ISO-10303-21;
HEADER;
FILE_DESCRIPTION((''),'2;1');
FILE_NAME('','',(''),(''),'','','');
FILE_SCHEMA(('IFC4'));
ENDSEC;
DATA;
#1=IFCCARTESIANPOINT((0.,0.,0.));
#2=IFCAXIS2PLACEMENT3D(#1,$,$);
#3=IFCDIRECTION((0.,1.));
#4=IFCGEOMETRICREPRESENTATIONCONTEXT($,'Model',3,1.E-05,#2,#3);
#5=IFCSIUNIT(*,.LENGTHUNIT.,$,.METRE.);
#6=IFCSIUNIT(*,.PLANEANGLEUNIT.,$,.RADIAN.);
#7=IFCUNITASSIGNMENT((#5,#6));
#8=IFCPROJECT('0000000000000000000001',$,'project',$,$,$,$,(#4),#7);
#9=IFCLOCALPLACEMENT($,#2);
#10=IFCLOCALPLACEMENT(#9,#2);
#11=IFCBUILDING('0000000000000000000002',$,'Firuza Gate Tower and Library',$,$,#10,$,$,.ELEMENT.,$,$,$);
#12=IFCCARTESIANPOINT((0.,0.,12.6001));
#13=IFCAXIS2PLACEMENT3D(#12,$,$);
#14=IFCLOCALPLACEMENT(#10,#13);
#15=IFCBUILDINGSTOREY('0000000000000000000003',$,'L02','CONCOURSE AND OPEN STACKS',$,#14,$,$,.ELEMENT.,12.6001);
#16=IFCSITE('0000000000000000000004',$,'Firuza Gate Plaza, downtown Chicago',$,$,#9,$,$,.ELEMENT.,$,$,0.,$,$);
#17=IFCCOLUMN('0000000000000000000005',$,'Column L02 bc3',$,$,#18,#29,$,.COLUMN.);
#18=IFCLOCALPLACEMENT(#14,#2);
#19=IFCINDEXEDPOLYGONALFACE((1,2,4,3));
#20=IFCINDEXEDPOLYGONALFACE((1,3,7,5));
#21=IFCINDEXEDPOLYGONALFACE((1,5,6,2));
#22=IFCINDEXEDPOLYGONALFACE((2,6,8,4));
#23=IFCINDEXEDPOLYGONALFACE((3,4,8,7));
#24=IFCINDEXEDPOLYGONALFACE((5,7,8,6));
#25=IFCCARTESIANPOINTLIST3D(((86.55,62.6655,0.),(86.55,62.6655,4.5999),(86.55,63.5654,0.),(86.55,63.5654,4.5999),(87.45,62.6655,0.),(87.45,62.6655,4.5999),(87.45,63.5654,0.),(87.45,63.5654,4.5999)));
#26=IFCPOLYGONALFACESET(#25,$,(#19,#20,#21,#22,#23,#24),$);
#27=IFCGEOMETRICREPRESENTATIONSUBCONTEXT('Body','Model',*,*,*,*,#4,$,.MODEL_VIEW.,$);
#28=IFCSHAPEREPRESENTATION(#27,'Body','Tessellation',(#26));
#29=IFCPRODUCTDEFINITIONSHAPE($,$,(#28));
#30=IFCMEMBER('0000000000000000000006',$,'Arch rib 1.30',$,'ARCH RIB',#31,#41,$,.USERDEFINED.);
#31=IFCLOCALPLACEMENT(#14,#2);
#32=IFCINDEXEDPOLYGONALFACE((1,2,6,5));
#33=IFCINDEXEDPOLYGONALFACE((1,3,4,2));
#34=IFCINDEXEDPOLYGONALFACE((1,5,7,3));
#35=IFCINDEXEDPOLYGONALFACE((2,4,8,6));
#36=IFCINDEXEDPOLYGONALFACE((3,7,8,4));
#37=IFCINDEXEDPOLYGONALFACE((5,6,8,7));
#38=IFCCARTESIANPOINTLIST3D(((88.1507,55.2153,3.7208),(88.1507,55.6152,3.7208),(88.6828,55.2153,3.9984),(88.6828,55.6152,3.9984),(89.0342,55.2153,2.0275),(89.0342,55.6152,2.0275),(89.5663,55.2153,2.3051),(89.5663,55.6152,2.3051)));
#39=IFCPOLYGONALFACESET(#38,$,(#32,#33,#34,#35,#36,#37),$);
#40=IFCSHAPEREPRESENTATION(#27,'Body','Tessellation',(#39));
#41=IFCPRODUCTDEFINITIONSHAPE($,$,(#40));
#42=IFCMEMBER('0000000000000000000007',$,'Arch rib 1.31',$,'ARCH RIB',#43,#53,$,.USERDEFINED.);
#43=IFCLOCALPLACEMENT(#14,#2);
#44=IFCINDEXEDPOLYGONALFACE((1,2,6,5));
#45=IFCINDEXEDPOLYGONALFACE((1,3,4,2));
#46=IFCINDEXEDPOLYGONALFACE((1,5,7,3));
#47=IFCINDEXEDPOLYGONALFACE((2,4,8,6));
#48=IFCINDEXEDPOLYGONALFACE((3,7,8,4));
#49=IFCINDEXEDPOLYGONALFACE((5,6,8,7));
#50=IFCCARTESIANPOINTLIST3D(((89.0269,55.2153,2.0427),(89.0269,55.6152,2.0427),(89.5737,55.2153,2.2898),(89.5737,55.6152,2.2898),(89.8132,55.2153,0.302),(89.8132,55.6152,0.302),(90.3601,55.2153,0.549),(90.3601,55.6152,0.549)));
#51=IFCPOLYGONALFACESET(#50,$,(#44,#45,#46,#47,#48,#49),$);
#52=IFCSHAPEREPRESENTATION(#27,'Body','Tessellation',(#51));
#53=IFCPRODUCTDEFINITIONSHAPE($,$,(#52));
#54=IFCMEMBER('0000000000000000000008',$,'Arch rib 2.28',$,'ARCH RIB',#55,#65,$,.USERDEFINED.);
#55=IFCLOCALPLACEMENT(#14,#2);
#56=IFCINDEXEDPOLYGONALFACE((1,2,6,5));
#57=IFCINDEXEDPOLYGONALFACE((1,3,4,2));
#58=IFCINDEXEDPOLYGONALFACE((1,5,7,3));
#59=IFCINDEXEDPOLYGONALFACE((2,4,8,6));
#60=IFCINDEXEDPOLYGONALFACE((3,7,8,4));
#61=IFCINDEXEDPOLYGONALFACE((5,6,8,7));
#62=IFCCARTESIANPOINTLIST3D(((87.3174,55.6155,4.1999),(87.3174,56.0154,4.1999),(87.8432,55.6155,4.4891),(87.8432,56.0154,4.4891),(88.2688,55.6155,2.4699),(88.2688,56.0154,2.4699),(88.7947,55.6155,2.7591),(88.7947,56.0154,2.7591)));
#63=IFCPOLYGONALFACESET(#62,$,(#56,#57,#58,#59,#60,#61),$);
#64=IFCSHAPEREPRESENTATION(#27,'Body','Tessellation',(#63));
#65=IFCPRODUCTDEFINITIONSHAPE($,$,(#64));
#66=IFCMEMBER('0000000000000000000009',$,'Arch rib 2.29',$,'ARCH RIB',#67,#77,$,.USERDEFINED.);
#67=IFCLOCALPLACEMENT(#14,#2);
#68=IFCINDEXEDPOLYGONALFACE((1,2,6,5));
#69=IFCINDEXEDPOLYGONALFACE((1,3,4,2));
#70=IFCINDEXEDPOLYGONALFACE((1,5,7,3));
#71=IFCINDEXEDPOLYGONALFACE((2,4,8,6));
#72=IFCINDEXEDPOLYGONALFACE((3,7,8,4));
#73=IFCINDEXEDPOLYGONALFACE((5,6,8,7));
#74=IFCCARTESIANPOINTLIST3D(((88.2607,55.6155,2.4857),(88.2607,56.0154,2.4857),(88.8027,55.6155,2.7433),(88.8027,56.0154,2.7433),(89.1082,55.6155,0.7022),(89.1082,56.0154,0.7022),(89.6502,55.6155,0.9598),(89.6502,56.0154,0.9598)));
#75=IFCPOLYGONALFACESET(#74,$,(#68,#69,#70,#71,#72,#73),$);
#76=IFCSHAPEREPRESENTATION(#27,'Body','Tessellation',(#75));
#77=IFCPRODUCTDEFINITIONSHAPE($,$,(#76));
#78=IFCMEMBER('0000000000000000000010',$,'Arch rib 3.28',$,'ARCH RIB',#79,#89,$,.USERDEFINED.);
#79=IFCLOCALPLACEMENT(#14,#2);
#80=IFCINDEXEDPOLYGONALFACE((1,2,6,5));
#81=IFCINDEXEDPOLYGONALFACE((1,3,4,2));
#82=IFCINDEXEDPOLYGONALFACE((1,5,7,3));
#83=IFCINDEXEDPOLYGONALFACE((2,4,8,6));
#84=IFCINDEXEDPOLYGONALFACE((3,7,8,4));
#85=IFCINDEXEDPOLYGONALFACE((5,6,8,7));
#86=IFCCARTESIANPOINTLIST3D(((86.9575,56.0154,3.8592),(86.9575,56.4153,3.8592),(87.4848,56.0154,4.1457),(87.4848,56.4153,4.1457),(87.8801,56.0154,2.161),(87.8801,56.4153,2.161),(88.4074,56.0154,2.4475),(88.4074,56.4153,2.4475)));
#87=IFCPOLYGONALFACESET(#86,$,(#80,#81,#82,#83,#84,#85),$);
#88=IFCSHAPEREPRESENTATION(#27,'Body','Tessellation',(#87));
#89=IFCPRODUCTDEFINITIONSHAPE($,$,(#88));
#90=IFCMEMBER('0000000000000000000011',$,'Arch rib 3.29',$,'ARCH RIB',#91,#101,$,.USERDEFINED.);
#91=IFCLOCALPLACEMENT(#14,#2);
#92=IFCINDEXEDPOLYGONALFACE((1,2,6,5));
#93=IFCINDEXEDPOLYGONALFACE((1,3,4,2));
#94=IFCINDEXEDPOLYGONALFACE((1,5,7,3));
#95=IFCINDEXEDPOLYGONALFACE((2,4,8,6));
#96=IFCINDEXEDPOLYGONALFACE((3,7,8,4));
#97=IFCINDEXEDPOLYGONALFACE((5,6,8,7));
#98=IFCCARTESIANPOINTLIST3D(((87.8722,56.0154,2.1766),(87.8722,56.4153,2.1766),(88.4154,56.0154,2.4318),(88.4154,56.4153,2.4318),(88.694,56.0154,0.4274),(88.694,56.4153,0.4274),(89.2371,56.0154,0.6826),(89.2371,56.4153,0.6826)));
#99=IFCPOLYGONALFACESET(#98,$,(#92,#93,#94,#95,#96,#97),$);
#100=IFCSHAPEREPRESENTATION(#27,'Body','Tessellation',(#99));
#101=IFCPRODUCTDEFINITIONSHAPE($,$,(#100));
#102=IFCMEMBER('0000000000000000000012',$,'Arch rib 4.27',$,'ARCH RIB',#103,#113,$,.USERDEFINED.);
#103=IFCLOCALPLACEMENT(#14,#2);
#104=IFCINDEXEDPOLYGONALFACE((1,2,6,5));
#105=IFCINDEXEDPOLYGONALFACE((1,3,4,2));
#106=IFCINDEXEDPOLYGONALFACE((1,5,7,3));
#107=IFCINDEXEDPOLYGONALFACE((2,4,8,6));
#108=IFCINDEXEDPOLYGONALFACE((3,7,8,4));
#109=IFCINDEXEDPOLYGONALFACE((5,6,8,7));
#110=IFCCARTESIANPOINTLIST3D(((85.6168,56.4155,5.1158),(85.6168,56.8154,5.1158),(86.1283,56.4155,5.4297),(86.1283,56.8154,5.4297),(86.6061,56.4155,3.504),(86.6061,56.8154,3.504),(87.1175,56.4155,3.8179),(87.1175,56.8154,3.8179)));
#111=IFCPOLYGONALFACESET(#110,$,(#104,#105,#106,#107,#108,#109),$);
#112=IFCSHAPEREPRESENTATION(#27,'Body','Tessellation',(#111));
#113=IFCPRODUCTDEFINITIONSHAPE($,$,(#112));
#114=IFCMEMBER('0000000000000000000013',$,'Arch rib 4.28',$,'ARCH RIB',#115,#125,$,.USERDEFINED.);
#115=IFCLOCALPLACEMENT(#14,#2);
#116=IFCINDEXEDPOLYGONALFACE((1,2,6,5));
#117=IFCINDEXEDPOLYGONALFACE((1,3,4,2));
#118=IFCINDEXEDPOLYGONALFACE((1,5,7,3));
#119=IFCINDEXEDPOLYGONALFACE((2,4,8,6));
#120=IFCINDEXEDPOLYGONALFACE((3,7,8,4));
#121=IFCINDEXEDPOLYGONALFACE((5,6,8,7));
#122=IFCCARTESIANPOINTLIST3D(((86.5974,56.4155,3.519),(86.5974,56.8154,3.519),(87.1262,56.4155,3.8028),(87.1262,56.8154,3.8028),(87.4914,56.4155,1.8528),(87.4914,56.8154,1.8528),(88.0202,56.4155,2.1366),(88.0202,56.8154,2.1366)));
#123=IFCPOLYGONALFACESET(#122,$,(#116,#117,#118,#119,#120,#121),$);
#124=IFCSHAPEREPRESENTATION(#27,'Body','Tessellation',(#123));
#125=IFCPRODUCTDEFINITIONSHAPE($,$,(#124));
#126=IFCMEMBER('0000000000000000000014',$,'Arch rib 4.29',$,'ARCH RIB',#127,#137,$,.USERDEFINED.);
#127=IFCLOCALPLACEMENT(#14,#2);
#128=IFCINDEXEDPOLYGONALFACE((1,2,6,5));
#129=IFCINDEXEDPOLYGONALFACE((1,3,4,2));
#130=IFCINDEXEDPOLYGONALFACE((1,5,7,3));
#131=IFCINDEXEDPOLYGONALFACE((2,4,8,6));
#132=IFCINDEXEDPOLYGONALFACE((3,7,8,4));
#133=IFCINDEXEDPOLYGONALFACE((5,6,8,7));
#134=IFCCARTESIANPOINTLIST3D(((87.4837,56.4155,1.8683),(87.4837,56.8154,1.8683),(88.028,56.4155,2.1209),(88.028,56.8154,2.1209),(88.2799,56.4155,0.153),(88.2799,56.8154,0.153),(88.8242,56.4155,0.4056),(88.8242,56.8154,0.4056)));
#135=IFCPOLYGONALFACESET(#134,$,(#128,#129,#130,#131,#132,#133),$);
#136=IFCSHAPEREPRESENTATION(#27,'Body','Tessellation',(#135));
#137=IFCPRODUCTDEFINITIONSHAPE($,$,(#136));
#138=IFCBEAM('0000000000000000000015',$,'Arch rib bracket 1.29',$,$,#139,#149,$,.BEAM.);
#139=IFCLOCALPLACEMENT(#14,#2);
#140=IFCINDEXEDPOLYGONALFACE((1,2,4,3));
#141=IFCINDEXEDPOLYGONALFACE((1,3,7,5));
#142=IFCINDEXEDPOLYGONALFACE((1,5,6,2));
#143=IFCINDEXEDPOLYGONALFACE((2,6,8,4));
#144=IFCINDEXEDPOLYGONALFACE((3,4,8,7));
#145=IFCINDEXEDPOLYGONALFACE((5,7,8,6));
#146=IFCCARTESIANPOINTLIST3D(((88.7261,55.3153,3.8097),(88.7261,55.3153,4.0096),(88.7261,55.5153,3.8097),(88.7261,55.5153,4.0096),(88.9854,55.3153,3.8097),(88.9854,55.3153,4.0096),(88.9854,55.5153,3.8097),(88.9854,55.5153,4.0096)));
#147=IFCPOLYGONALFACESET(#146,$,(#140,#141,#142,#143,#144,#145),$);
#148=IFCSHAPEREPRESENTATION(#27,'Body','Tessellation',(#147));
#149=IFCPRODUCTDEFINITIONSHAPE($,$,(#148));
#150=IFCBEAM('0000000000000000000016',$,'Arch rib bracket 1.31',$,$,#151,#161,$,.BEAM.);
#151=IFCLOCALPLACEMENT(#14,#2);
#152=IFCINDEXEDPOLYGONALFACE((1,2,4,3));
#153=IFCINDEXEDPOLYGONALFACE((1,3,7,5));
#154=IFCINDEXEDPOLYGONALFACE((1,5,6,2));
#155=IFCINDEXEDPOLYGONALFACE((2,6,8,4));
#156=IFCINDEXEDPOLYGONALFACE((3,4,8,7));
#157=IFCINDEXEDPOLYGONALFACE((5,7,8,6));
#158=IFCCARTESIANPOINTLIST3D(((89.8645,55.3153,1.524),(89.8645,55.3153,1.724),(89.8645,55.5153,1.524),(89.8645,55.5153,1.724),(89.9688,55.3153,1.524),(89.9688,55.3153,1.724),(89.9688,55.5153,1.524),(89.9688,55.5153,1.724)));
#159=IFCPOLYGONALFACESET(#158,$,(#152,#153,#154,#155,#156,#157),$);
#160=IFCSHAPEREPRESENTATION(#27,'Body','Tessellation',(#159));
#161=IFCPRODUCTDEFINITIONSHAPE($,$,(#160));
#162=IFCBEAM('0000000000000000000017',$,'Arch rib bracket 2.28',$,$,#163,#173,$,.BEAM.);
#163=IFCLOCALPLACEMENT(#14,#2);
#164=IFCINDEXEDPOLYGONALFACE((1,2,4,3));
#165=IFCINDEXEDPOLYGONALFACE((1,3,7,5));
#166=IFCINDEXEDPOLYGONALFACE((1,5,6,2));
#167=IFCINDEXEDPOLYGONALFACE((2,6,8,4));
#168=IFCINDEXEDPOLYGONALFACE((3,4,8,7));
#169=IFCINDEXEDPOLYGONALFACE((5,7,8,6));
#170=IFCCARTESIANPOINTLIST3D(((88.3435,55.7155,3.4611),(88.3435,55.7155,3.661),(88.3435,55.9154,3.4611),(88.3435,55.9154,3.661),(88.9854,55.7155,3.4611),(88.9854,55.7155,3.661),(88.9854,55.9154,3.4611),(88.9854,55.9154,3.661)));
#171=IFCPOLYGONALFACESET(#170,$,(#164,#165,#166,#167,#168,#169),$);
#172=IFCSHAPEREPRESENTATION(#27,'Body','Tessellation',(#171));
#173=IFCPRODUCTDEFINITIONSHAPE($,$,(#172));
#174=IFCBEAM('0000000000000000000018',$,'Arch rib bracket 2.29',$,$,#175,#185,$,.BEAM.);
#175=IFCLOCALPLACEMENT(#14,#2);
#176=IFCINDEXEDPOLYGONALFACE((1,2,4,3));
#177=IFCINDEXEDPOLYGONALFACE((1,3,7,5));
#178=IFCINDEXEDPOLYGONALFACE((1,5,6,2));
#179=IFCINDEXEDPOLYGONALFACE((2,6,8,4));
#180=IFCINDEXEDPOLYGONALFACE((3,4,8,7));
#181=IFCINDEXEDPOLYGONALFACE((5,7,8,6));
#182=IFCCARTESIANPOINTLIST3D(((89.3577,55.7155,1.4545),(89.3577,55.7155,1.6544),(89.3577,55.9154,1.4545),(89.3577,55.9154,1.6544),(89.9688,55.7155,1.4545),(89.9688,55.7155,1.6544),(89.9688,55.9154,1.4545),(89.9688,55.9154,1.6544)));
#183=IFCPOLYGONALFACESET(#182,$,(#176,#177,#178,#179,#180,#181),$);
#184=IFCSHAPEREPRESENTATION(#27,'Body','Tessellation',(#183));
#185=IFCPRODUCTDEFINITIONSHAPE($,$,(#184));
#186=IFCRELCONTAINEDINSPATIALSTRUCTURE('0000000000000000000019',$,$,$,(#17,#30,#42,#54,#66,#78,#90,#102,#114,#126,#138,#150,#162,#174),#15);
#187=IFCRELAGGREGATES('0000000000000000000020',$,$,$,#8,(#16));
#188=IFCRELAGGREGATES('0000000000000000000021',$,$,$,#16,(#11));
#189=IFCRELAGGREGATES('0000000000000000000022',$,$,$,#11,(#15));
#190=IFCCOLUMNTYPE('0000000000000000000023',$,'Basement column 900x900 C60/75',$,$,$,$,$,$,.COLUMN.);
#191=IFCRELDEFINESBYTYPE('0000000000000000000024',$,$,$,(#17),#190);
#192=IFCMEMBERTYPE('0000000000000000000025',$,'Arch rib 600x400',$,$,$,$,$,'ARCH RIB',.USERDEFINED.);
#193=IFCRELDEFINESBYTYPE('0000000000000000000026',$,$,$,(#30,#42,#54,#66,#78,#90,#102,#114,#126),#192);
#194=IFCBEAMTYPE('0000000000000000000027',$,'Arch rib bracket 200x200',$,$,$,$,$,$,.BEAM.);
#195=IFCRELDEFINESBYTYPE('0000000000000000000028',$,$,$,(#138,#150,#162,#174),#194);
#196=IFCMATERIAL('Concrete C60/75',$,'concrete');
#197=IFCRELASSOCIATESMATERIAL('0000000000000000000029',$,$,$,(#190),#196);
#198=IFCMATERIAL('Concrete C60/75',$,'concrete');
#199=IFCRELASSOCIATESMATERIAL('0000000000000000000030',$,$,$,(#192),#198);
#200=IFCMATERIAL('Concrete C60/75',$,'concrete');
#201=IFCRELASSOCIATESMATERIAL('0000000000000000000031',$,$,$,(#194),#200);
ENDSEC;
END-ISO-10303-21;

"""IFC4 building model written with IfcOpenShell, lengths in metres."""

from ifc_helpers import new_model, si_unit, direction, frame, origin, origin_2d, place, context, subcontext, project, spatial, rectangle, extrude, material, material_profile, profile_set, type_object, element, save


model = new_model("IFC4")

# Units and contexts
model_context = context("Model", 3, precision=1e-05, world=origin(), true_north=direction((0.0, 1.0)))
body_context = subcontext(model_context, "Body", "Model", "MODEL_VIEW")
ifc_project = project(units=[si_unit("LENGTHUNIT", "METRE"), si_unit("PLANEANGLEUNIT", "RADIAN")], contexts=[model_context])

# Site, building, storey
site_placement = place(None, origin())
site = spatial("IfcSite", under=ifc_project, at=site_placement, Name="Firuza Gate Plaza, downtown Chicago", CompositionType="ELEMENT", RefElevation=0.0)
building_placement = place(site_placement, origin())
building = spatial("IfcBuilding", under=site, at=building_placement, Name="Firuza Gate Tower and Library", CompositionType="ELEMENT")
storey_placement = place(building_placement, frame((0.0, 0.0, 12.6001)))
storey = spatial("IfcBuildingStorey", under=building, at=storey_placement, Name="L02", Description="CONCOURSE AND OPEN STACKS", CompositionType="ELEMENT", Elevation=12.6001)

# Column
ifc_material_1 = material(Name="Concrete C60/75", Category="concrete")
ifc_material_profile_1 = material_profile(ifc_material_1, rectangle(XDim=0.8999, YDim=0.8999, at=origin_2d()))
ifc_profile_set_1 = profile_set([ifc_material_profile_1], Name="Concrete C60/75")
column_type = type_object("IfcColumnType", Name="Basement column 900x900 C60/75", PredefinedType="COLUMN", material=ifc_profile_set_1)
column_placement = place(storey_placement, frame((87.0, 63.1155, 0.0), z_axis=(0.0, 0.0, 1.0), x_axis=(1.0, 0.0, 0.0)))
element("IfcColumn", 1, at=column_placement, inside=storey, type_object=column_type, Name="Column L02 bc3", PredefinedType="COLUMN", context=body_context, shape_type="SweptSolid", body=[
    extrude(rectangle(XDim=0.8999, YDim=0.8999, at=origin_2d()), origin(), (0.0, 0.0, 1.0), 4.5999),
])

# Members
ifc_material_2 = material(Name="Concrete C60/75", Category="concrete")
ifc_material_profile_2 = material_profile(ifc_material_2, rectangle(XDim=0.3999, YDim=0.6001, at=origin_2d()))
ifc_profile_set_2 = profile_set([ifc_material_profile_2], Name="Concrete C60/75")
member_type_1 = type_object("IfcMemberType", Name="Arch rib 600x400", ElementType="ARCH RIB", PredefinedType="USERDEFINED", material=ifc_profile_set_2)
member_1_placement = place(storey_placement, frame((88.4167, 55.4153, 3.8596), z_axis=(0.462588, 0.0, -0.886573), x_axis=(0.0, 1.0, 0.0)))
element("IfcMember", 2, at=member_1_placement, inside=storey, type_object=member_type_1, Name="Arch rib 1.30", ObjectType="ARCH RIB", PredefinedType="USERDEFINED", context=body_context, shape_type="SweptSolid", body=[
    extrude(rectangle(XDim=0.3999, YDim=0.6001, at=origin_2d()), origin(), (0.0, 0.0, 1.0), 1.9099),
])
member_2_placement = place(storey_placement, frame((89.3003, 55.4153, 2.1663), z_axis=(0.411693, 0.0, -0.911323), x_axis=(0.0, 1.0, 0.0)))
element("IfcMember", 3, at=member_2_placement, inside=storey, type_object=member_type_1, Name="Arch rib 1.31", ObjectType="ARCH RIB", PredefinedType="USERDEFINED", context=body_context, shape_type="SweptSolid", body=[
    extrude(rectangle(XDim=0.3999, YDim=0.6001, at=origin_2d()), origin(), (0.0, 0.0, 1.0), 1.9102),
])
member_3_placement = place(storey_placement, frame((87.5803, 55.8154, 4.3445), z_axis=(0.48189, 0.0, -0.876232), x_axis=(0.0, 1.0, 0.0)))
element("IfcMember", 4, at=member_3_placement, inside=storey, type_object=member_type_1, Name="Arch rib 2.28", ObjectType="ARCH RIB", PredefinedType="USERDEFINED", context=body_context, shape_type="SweptSolid", body=[
    extrude(rectangle(XDim=0.3999, YDim=0.6001, at=origin_2d()), origin(), (0.0, 0.0, 1.0), 1.9744),
])
member_4_placement = place(storey_placement, frame((88.5317, 55.8154, 2.6145), z_axis=(0.42917, 0.0, -0.903224), x_axis=(0.0, 1.0, 0.0)))
element("IfcMember", 5, at=member_4_placement, inside=storey, type_object=member_type_1, Name="Arch rib 2.29", ObjectType="ARCH RIB", PredefinedType="USERDEFINED", context=body_context, shape_type="SweptSolid", body=[
    extrude(rectangle(XDim=0.3999, YDim=0.6001, at=origin_2d()), origin(), (0.0, 0.0, 1.0), 1.9746),
])
for number, where, z_axis, x_axis, name in (
    (6, (87.2212, 56.2153, 4.0024), (0.477373, 0.0, -0.878701), (0.0, 1.0, 0.0), "Arch rib 3.28"),
    (7, (88.1438, 56.2153, 2.3042), (0.425201, 0.0, -0.905099), (0.0, 1.0, 0.0), "Arch rib 3.29"),
):
    element("IfcMember", number, at=place(storey_placement, frame(where, z_axis=z_axis, x_axis=x_axis)), inside=storey, type_object=member_type_1, Name=name, ObjectType="ARCH RIB", PredefinedType="USERDEFINED", context=body_context, shape_type="SweptSolid", body=[
        extrude(rectangle(XDim=0.3999, YDim=0.6001, at=origin_2d()), origin(), (0.0, 0.0, 1.0), 1.9326),
    ])
member_5_placement = place(storey_placement, frame((85.8726, 56.6155, 5.2727), z_axis=(0.523089, 0.0, -0.852278), x_axis=(0.0, 1.0, 0.0)))
element("IfcMember", 8, at=member_5_placement, inside=storey, type_object=member_type_1, Name="Arch rib 4.27", ObjectType="ARCH RIB", PredefinedType="USERDEFINED", context=body_context, shape_type="SweptSolid", body=[
    extrude(rectangle(XDim=0.3999, YDim=0.6001, at=origin_2d()), origin(), (0.0, 0.0, 1.0), 1.8911),
])
member_6_placement = place(storey_placement, frame((86.8618, 56.6155, 3.6609), z_axis=(0.472798, 0.0, -0.881171), x_axis=(0.0, 1.0, 0.0)))
element("IfcMember", 9, at=member_6_placement, inside=storey, type_object=member_type_1, Name="Arch rib 4.28", ObjectType="ARCH RIB", PredefinedType="USERDEFINED", context=body_context, shape_type="SweptSolid", body=[
    extrude(rectangle(XDim=0.3999, YDim=0.6001, at=origin_2d()), origin(), (0.0, 0.0, 1.0), 1.8909),
])
member_7_placement = place(storey_placement, frame((87.7559, 56.6155, 1.9946), z_axis=(0.420998, 0.0, -0.907062), x_axis=(0.0, 1.0, 0.0)))
element("IfcMember", 10, at=member_7_placement, inside=storey, type_object=member_type_1, Name="Arch rib 4.29", ObjectType="ARCH RIB", PredefinedType="USERDEFINED", context=body_context, shape_type="SweptSolid", body=[
    extrude(rectangle(XDim=0.3999, YDim=0.6001, at=origin_2d()), origin(), (0.0, 0.0, 1.0), 1.8911),
])

# Beams
ifc_material_3 = material(Name="Concrete C60/75", Category="concrete")
ifc_material_profile_3 = material_profile(ifc_material_3, rectangle(XDim=0.2, YDim=0.2, at=origin_2d()))
ifc_profile_set_3 = profile_set([ifc_material_profile_3], Name="Concrete C60/75")
beam_type_1 = type_object("IfcBeamType", Name="Arch rib bracket 200x200", PredefinedType="BEAM", material=ifc_profile_set_3)
beam_1_placement = place(storey_placement, frame((88.9854, 55.4153, 3.9097), z_axis=(-1.0, 0.0, 0.0), x_axis=(0.0, -1.0, 0.0)))
element("IfcBeam", 11, at=beam_1_placement, inside=storey, type_object=beam_type_1, Name="Arch rib bracket 1.29", PredefinedType="BEAM", context=body_context, shape_type="SweptSolid", body=[
    extrude(rectangle(XDim=0.2, YDim=0.2, at=origin_2d()), origin(), (0.0, 0.0, 1.0), 0.2593),
])
beam_2_placement = place(storey_placement, frame((89.9688, 55.4153, 1.624), z_axis=(-1.0, 0.0, 0.0), x_axis=(0.0, -1.0, 0.0)))
element("IfcBeam", 12, at=beam_2_placement, inside=storey, type_object=beam_type_1, Name="Arch rib bracket 1.31", PredefinedType="BEAM", context=body_context, shape_type="SweptSolid", body=[
    extrude(rectangle(XDim=0.2, YDim=0.2, at=origin_2d()), origin(), (0.0, 0.0, 1.0), 0.1042),
])
beam_3_placement = place(storey_placement, frame((88.9854, 55.8154, 3.561), z_axis=(-1.0, 0.0, 0.0), x_axis=(0.0, -1.0, 0.0)))
element("IfcBeam", 13, at=beam_3_placement, inside=storey, type_object=beam_type_1, Name="Arch rib bracket 2.28", PredefinedType="BEAM", context=body_context, shape_type="SweptSolid", body=[
    extrude(rectangle(XDim=0.2, YDim=0.2, at=origin_2d()), origin(), (0.0, 0.0, 1.0), 0.6418),
])
beam_4_placement = place(storey_placement, frame((89.9688, 55.8154, 1.5544), z_axis=(-1.0, 0.0, 0.0), x_axis=(0.0, -1.0, 0.0)))
element("IfcBeam", 14, at=beam_4_placement, inside=storey, type_object=beam_type_1, Name="Arch rib bracket 2.29", PredefinedType="BEAM", context=body_context, shape_type="SweptSolid", body=[
    extrude(rectangle(XDim=0.2, YDim=0.2, at=origin_2d()), origin(), (0.0, 0.0, 1.0), 0.6111),
])

save(model, "model.ifc")
